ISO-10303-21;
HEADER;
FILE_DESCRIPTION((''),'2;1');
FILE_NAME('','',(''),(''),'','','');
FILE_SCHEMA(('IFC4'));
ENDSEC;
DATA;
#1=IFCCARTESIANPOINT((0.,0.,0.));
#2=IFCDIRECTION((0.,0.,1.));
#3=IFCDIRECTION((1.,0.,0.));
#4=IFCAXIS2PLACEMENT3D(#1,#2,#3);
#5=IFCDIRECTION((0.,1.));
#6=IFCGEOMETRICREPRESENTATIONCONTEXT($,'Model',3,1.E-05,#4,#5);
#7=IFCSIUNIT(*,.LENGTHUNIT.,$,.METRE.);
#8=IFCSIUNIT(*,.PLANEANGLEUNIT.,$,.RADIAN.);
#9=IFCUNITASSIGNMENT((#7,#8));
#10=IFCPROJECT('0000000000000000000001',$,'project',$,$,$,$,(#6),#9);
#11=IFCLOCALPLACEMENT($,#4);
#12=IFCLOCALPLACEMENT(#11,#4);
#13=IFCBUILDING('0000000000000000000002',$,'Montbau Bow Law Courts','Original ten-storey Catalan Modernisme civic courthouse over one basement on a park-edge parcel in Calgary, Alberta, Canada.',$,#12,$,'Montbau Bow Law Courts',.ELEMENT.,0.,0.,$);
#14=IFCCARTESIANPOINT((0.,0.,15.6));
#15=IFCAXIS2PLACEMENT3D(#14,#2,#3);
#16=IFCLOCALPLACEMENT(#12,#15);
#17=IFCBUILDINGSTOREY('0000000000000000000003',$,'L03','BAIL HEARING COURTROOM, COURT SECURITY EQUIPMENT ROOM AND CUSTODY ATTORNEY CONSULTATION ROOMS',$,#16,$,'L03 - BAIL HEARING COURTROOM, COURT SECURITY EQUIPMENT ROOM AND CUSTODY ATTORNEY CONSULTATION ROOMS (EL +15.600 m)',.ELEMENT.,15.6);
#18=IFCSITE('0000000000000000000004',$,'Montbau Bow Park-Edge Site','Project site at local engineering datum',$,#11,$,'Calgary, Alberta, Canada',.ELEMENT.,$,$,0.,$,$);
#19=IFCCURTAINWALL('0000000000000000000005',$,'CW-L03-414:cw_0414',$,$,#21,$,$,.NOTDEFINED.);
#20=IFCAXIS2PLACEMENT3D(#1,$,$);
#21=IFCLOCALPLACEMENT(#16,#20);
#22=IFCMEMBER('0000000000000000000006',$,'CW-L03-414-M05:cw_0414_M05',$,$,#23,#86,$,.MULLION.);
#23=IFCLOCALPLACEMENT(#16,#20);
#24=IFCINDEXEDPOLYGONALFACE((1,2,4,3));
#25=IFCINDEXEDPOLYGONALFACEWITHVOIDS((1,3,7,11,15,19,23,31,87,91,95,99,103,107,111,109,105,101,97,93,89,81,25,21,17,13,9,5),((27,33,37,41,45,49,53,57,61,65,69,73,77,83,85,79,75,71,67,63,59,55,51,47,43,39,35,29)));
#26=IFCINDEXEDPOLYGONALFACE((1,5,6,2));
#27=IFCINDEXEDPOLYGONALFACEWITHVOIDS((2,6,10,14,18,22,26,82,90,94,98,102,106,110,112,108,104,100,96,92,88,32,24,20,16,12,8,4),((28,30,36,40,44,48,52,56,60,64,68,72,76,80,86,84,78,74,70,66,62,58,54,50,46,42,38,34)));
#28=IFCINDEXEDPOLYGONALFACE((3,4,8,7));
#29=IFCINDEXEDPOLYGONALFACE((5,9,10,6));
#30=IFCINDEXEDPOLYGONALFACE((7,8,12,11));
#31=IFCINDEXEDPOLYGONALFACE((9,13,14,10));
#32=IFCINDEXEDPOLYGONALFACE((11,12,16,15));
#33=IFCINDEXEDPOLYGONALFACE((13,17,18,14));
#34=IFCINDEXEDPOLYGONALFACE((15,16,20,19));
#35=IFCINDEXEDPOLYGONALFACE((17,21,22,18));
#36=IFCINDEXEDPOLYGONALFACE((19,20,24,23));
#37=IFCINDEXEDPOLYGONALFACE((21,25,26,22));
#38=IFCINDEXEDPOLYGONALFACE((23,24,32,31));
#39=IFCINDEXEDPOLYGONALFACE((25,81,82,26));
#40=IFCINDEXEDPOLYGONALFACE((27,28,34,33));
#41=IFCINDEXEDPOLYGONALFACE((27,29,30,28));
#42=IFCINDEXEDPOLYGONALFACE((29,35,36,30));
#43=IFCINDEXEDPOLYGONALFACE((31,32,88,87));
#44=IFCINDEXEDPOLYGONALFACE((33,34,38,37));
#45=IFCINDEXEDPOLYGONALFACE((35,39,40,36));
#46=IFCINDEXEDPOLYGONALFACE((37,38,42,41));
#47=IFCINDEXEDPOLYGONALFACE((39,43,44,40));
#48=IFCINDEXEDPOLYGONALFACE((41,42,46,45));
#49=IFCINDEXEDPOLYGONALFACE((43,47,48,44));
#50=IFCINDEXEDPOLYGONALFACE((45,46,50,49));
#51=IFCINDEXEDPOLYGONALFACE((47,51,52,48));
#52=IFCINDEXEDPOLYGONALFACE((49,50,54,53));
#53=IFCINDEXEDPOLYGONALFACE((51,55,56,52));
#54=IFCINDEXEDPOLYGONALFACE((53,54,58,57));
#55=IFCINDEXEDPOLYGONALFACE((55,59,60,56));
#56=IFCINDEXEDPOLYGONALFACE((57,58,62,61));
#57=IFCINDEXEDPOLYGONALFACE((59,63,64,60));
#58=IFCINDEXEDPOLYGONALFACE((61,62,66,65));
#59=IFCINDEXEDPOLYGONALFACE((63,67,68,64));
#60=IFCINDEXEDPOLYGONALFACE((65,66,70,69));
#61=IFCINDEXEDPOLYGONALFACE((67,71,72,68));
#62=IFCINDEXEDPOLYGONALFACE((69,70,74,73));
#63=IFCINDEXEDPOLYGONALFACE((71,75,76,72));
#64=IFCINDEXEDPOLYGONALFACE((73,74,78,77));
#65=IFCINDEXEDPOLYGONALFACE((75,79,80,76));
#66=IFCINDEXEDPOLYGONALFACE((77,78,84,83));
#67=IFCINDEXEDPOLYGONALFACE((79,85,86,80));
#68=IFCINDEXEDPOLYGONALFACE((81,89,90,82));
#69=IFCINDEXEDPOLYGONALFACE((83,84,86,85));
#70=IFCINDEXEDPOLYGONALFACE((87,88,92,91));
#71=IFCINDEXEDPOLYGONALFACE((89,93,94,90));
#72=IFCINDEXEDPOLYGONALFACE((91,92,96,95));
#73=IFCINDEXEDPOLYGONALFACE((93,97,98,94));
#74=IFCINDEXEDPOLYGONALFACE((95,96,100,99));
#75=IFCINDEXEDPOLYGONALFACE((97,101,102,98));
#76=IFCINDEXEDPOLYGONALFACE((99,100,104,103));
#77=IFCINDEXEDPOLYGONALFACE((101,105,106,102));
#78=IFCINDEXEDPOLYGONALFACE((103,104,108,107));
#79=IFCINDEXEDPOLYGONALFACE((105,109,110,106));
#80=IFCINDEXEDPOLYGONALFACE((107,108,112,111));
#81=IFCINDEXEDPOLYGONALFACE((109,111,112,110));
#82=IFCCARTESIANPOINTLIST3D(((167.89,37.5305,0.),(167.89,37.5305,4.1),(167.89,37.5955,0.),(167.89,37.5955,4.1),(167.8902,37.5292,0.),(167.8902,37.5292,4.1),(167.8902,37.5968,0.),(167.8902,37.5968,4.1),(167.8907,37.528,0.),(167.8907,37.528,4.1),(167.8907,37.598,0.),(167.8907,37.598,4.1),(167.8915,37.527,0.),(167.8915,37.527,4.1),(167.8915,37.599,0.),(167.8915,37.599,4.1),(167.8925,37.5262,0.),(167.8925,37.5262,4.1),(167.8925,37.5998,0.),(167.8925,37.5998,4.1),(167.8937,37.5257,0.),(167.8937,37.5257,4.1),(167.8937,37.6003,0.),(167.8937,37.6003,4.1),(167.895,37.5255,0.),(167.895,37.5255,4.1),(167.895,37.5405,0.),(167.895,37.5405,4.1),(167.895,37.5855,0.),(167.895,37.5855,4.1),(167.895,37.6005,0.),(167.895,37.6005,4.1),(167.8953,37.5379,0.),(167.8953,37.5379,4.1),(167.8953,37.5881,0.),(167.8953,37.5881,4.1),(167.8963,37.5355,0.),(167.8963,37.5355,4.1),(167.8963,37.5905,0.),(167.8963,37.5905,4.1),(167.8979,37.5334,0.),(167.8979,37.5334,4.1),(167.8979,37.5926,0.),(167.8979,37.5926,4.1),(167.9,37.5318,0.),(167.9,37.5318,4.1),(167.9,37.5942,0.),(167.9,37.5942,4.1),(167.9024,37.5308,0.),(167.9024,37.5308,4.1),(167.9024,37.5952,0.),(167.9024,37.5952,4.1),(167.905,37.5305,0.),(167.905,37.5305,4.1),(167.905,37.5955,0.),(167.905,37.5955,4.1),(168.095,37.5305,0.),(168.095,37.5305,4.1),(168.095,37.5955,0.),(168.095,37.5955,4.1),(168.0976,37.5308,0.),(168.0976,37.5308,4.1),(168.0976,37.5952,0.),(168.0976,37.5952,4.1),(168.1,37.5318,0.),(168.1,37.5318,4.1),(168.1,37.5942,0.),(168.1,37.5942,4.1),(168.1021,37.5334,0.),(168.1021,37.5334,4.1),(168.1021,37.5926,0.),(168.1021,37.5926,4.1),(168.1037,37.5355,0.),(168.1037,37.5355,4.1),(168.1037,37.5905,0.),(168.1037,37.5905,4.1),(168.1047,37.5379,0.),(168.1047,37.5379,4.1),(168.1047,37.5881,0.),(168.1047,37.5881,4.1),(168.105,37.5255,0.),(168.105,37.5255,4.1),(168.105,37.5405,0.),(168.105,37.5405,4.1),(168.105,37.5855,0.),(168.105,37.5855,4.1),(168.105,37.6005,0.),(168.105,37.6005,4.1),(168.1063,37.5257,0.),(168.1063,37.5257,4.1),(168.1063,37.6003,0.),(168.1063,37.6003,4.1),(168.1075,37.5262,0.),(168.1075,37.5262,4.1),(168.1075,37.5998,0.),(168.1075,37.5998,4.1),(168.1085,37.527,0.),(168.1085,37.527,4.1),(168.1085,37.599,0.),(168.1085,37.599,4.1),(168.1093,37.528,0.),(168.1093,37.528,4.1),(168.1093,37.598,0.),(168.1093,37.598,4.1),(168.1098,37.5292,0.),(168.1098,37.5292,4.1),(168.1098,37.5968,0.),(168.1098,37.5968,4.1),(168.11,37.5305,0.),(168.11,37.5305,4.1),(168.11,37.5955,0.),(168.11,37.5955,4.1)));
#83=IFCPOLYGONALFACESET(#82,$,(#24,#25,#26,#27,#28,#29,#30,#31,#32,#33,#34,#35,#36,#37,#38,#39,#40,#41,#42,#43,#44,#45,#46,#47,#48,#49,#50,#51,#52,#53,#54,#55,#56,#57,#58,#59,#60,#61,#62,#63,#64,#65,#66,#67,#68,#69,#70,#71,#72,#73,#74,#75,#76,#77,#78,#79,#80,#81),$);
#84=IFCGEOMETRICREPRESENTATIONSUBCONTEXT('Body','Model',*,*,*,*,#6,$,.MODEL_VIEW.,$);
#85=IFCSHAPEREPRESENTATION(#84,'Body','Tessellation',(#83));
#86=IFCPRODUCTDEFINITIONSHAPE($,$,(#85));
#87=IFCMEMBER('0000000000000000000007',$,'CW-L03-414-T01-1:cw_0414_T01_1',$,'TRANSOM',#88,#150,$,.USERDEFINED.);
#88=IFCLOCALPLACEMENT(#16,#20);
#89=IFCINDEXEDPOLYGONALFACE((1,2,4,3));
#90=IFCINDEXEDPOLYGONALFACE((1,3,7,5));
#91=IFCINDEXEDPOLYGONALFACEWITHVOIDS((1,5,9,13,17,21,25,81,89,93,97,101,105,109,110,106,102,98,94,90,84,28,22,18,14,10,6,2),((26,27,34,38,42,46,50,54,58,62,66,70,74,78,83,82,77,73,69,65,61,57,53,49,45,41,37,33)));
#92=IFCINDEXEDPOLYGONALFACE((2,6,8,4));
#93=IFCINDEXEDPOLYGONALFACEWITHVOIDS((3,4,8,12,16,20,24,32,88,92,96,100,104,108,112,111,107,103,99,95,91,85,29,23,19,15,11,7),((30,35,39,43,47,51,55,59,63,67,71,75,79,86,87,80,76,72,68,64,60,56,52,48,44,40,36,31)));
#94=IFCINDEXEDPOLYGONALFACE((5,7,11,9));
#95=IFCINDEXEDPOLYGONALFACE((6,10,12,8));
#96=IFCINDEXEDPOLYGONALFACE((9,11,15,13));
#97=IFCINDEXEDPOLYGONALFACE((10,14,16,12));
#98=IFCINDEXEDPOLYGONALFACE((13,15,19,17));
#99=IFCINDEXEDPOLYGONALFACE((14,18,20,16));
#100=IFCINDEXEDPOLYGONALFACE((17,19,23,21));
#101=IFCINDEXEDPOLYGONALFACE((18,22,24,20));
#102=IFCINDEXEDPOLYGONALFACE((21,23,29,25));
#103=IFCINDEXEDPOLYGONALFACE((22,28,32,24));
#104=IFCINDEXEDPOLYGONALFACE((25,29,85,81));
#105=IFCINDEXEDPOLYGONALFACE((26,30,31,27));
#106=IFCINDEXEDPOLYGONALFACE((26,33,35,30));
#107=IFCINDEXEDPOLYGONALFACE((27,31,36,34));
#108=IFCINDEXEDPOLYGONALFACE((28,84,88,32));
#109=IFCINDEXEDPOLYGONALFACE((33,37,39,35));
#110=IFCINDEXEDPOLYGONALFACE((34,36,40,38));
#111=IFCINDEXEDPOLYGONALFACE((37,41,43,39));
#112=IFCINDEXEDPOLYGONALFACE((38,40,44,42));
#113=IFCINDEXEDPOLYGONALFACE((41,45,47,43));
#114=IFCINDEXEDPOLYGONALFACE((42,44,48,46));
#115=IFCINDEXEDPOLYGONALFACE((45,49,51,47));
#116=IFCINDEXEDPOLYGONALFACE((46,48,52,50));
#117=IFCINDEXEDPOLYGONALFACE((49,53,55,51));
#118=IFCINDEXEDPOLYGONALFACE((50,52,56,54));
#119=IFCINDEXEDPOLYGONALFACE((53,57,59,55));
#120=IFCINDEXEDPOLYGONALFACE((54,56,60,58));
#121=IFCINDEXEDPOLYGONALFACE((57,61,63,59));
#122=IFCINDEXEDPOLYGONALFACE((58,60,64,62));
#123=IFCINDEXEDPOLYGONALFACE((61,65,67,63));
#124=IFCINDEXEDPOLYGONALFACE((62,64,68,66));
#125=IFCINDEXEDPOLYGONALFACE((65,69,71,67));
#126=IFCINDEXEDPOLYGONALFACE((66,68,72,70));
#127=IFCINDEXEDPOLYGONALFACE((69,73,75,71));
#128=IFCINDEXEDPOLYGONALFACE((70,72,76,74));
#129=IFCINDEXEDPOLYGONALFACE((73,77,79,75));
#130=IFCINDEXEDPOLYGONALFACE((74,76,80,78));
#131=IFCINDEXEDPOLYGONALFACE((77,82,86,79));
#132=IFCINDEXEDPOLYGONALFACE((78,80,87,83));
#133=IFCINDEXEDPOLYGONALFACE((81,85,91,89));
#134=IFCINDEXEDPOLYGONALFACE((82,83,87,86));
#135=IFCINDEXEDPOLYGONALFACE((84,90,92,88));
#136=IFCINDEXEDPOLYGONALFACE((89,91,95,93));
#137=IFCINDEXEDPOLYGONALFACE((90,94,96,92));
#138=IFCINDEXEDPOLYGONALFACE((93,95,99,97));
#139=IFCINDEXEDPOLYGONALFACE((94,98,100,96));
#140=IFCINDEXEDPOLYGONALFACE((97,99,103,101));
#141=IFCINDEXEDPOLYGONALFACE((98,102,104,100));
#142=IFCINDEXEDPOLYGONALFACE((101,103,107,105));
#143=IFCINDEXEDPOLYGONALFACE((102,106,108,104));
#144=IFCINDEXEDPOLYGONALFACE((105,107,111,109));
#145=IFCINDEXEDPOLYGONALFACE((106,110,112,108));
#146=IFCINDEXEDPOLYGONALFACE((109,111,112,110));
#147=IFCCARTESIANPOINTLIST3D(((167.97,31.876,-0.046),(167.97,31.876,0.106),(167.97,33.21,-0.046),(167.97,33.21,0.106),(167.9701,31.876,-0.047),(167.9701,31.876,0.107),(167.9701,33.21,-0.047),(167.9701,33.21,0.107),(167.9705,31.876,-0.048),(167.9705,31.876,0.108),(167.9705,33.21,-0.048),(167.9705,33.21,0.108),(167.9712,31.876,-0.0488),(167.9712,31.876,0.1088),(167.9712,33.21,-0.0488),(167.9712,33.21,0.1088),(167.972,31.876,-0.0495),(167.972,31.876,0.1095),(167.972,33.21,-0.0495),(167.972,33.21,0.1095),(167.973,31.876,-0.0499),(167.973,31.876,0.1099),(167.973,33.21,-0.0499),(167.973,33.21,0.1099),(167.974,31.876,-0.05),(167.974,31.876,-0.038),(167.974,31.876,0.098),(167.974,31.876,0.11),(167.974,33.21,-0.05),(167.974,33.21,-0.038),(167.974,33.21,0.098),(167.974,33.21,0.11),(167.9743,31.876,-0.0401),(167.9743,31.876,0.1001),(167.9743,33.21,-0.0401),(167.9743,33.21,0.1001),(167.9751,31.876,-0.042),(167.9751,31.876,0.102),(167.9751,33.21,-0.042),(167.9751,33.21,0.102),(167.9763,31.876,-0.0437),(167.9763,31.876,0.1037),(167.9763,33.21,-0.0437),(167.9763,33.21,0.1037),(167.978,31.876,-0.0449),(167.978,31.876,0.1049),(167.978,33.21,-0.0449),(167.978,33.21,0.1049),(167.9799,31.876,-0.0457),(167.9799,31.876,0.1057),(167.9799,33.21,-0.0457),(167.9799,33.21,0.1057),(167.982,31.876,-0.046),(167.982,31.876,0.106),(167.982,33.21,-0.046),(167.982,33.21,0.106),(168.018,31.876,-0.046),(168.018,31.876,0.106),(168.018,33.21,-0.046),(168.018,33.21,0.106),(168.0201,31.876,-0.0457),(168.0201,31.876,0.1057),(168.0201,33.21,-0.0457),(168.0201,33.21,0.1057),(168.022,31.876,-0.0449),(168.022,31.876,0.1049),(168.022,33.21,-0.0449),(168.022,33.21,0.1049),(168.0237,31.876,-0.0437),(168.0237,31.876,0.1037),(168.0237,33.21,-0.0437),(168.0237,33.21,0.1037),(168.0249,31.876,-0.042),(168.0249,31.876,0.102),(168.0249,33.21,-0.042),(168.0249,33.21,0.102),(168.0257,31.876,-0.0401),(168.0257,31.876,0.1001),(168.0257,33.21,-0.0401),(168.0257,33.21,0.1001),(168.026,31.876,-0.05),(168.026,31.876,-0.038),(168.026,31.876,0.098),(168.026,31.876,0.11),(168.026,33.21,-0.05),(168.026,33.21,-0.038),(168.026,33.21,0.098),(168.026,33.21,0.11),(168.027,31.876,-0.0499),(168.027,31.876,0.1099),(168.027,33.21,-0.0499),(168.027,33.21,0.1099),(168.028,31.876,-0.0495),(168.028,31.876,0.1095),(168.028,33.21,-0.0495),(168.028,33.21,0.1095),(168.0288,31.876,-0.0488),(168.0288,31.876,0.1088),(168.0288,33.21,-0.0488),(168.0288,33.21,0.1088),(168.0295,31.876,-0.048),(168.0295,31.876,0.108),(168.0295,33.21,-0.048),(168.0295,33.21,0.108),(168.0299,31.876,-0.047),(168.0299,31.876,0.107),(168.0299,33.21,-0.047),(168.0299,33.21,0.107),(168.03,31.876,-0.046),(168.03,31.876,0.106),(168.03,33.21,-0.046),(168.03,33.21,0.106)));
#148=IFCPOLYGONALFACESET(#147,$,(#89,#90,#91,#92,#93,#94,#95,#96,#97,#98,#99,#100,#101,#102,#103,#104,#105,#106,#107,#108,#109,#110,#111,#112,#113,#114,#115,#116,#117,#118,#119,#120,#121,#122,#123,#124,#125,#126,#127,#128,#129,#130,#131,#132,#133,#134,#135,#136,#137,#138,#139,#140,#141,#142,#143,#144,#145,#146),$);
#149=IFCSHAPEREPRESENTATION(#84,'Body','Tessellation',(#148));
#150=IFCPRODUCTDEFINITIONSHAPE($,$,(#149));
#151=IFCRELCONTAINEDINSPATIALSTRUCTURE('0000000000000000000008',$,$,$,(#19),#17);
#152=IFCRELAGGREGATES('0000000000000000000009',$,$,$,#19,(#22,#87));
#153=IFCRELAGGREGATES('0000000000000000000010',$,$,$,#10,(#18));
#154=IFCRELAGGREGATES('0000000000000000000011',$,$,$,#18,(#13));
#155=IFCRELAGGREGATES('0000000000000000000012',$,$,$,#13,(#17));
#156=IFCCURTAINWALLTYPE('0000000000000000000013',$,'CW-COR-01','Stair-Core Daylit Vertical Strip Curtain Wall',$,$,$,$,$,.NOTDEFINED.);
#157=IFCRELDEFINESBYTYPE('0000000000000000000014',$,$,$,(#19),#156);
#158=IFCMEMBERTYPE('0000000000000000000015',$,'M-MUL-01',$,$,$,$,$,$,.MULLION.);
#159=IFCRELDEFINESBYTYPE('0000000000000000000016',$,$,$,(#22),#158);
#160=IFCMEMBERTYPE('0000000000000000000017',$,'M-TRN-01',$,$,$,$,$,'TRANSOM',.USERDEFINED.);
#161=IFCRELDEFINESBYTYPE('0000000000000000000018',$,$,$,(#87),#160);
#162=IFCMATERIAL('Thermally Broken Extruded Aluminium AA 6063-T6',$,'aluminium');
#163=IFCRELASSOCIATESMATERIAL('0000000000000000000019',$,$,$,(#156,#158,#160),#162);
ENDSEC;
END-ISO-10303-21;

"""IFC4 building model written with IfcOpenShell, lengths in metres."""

from ifc_helpers import new_model, si_unit, direction, frame, origin_with_axes, origin_2d_with_axis, place, context, subcontext, project, spatial, hollow_rectangle, extrude, material, material_profile, profile_set, type_object, element, aggregate, save


model = new_model("IFC4")

# Units and contexts
model_context = context("Model", 3, precision=1e-05, world=origin_with_axes(), true_north=direction((0.0, 1.0)))
body_context = subcontext(model_context, "Body", "Model", "MODEL_VIEW")
ifc_project = project(units=[si_unit("LENGTHUNIT", "METRE"), si_unit("PLANEANGLEUNIT", "RADIAN")], contexts=[model_context])

# Site, building, storey
site_placement = place(None, origin_with_axes())
site = spatial("IfcSite", under=ifc_project, at=site_placement, Name="Montbau Bow Park-Edge Site", Description="Project site at local engineering datum", LongName="Calgary, Alberta, Canada", CompositionType="ELEMENT", RefElevation=0.0)
building_placement = place(site_placement, origin_with_axes())
building = spatial("IfcBuilding", under=site, at=building_placement, Name="Montbau Bow Law Courts", Description="Original ten-storey Catalan Modernisme civic courthouse over one basement on a park-edge parcel in Calgary, Alberta, Canada.", LongName="Montbau Bow Law Courts", CompositionType="ELEMENT", ElevationOfRefHeight=0.0, ElevationOfTerrain=0.0)
storey_placement = place(building_placement, frame((0.0, 0.0, 15.6), z_axis=(0.0, 0.0, 1.0), x_axis=(1.0, 0.0, 0.0)))
storey = spatial("IfcBuildingStorey", under=building, at=storey_placement, Name="L03", Description="BAIL HEARING COURTROOM, COURT SECURITY EQUIPMENT ROOM AND CUSTODY ATTORNEY CONSULTATION ROOMS", LongName="L03 - BAIL HEARING COURTROOM, COURT SECURITY EQUIPMENT ROOM AND CUSTODY ATTORNEY CONSULTATION ROOMS (EL +15.600 m)", CompositionType="ELEMENT", Elevation=15.6)

# Curtain wall, members
ifc_material_1 = material(Name="Thermally Broken Extruded Aluminium AA 6063-T6", Category="aluminium")
curtain_wall_type = type_object("IfcCurtainWallType", Name="CW-COR-01", Description="Stair-Core Daylit Vertical Strip Curtain Wall", PredefinedType="NOTDEFINED", material=ifc_material_1)
curtain_wall_placement = place(None, frame((168.0, 31.8, 15.6), z_axis=(0.0, 0.0, 1.0), x_axis=(1.0, 0.0, 0.0)))
curtain_wall = element("IfcCurtainWall", 1, at=curtain_wall_placement, inside=storey, type_object=curtain_wall_type, Name="CW-L03-414:cw_0414", PredefinedType="NOTDEFINED")
ifc_material_profile_1 = material_profile(ifc_material_1, hollow_rectangle(XDim=0.075, YDim=0.22, WallThickness=0.005, InnerFilletRadius=0.01, OuterFilletRadius=0.005, at=origin_2d_with_axis()), Name="CWM-220X75", Category="Main", Priority=0)
ifc_profile_set_1 = profile_set([ifc_material_profile_1], Name="Thermally Broken Extruded Aluminium AA 6063-T6")
member_type_1 = type_object("IfcMemberType", Name="M-MUL-01", PredefinedType="MULLION", material=ifc_profile_set_1)
member_1_placement = place(None, frame((168.0, 37.563, 15.6), z_axis=(0.0, 0.0, 1.0), x_axis=(0.0, 1.0, 0.0)))
member_1 = element("IfcMember", 2, at=member_1_placement, type_object=member_type_1, Name="CW-L03-414-M05:cw_0414_M05", PredefinedType="MULLION", context=body_context, shape_type="SweptSolid", body=[
    extrude(hollow_rectangle(XDim=0.075, YDim=0.22, WallThickness=0.005, InnerFilletRadius=0.01, OuterFilletRadius=0.005, at=origin_2d_with_axis()), origin_with_axes(), (0.0, 0.0, 1.0), 4.1),
])
ifc_material_profile_2 = material_profile(ifc_material_1, hollow_rectangle(XDim=0.06, YDim=0.16, WallThickness=0.004, InnerFilletRadius=0.008, OuterFilletRadius=0.004, at=origin_2d_with_axis()), Name="CWT-160X60", Category="Main", Priority=0)
ifc_profile_set_2 = profile_set([ifc_material_profile_2], Name="Thermally Broken Extruded Aluminium AA 6063-T6")
member_type_2 = type_object("IfcMemberType", Name="M-TRN-01", ElementType="TRANSOM", PredefinedType="USERDEFINED", material=ifc_profile_set_2)
member_2_placement = place(None, frame((168.0, 31.876, 15.63), z_axis=(0.0, 1.0, 0.0), x_axis=(-1.0, 0.0, 0.0)))
member_2 = element("IfcMember", 3, at=member_2_placement, type_object=member_type_2, Name="CW-L03-414-T01-1:cw_0414_T01_1", ObjectType="TRANSOM", PredefinedType="USERDEFINED", context=body_context, shape_type="SweptSolid", body=[
    extrude(hollow_rectangle(XDim=0.06, YDim=0.16, WallThickness=0.004, InnerFilletRadius=0.008, OuterFilletRadius=0.004, at=origin_2d_with_axis()), origin_with_axes(), (0.0, 0.0, 1.0), 1.334),
])
aggregate(curtain_wall, [member_1, member_2])

save(model, "model.ifc")
